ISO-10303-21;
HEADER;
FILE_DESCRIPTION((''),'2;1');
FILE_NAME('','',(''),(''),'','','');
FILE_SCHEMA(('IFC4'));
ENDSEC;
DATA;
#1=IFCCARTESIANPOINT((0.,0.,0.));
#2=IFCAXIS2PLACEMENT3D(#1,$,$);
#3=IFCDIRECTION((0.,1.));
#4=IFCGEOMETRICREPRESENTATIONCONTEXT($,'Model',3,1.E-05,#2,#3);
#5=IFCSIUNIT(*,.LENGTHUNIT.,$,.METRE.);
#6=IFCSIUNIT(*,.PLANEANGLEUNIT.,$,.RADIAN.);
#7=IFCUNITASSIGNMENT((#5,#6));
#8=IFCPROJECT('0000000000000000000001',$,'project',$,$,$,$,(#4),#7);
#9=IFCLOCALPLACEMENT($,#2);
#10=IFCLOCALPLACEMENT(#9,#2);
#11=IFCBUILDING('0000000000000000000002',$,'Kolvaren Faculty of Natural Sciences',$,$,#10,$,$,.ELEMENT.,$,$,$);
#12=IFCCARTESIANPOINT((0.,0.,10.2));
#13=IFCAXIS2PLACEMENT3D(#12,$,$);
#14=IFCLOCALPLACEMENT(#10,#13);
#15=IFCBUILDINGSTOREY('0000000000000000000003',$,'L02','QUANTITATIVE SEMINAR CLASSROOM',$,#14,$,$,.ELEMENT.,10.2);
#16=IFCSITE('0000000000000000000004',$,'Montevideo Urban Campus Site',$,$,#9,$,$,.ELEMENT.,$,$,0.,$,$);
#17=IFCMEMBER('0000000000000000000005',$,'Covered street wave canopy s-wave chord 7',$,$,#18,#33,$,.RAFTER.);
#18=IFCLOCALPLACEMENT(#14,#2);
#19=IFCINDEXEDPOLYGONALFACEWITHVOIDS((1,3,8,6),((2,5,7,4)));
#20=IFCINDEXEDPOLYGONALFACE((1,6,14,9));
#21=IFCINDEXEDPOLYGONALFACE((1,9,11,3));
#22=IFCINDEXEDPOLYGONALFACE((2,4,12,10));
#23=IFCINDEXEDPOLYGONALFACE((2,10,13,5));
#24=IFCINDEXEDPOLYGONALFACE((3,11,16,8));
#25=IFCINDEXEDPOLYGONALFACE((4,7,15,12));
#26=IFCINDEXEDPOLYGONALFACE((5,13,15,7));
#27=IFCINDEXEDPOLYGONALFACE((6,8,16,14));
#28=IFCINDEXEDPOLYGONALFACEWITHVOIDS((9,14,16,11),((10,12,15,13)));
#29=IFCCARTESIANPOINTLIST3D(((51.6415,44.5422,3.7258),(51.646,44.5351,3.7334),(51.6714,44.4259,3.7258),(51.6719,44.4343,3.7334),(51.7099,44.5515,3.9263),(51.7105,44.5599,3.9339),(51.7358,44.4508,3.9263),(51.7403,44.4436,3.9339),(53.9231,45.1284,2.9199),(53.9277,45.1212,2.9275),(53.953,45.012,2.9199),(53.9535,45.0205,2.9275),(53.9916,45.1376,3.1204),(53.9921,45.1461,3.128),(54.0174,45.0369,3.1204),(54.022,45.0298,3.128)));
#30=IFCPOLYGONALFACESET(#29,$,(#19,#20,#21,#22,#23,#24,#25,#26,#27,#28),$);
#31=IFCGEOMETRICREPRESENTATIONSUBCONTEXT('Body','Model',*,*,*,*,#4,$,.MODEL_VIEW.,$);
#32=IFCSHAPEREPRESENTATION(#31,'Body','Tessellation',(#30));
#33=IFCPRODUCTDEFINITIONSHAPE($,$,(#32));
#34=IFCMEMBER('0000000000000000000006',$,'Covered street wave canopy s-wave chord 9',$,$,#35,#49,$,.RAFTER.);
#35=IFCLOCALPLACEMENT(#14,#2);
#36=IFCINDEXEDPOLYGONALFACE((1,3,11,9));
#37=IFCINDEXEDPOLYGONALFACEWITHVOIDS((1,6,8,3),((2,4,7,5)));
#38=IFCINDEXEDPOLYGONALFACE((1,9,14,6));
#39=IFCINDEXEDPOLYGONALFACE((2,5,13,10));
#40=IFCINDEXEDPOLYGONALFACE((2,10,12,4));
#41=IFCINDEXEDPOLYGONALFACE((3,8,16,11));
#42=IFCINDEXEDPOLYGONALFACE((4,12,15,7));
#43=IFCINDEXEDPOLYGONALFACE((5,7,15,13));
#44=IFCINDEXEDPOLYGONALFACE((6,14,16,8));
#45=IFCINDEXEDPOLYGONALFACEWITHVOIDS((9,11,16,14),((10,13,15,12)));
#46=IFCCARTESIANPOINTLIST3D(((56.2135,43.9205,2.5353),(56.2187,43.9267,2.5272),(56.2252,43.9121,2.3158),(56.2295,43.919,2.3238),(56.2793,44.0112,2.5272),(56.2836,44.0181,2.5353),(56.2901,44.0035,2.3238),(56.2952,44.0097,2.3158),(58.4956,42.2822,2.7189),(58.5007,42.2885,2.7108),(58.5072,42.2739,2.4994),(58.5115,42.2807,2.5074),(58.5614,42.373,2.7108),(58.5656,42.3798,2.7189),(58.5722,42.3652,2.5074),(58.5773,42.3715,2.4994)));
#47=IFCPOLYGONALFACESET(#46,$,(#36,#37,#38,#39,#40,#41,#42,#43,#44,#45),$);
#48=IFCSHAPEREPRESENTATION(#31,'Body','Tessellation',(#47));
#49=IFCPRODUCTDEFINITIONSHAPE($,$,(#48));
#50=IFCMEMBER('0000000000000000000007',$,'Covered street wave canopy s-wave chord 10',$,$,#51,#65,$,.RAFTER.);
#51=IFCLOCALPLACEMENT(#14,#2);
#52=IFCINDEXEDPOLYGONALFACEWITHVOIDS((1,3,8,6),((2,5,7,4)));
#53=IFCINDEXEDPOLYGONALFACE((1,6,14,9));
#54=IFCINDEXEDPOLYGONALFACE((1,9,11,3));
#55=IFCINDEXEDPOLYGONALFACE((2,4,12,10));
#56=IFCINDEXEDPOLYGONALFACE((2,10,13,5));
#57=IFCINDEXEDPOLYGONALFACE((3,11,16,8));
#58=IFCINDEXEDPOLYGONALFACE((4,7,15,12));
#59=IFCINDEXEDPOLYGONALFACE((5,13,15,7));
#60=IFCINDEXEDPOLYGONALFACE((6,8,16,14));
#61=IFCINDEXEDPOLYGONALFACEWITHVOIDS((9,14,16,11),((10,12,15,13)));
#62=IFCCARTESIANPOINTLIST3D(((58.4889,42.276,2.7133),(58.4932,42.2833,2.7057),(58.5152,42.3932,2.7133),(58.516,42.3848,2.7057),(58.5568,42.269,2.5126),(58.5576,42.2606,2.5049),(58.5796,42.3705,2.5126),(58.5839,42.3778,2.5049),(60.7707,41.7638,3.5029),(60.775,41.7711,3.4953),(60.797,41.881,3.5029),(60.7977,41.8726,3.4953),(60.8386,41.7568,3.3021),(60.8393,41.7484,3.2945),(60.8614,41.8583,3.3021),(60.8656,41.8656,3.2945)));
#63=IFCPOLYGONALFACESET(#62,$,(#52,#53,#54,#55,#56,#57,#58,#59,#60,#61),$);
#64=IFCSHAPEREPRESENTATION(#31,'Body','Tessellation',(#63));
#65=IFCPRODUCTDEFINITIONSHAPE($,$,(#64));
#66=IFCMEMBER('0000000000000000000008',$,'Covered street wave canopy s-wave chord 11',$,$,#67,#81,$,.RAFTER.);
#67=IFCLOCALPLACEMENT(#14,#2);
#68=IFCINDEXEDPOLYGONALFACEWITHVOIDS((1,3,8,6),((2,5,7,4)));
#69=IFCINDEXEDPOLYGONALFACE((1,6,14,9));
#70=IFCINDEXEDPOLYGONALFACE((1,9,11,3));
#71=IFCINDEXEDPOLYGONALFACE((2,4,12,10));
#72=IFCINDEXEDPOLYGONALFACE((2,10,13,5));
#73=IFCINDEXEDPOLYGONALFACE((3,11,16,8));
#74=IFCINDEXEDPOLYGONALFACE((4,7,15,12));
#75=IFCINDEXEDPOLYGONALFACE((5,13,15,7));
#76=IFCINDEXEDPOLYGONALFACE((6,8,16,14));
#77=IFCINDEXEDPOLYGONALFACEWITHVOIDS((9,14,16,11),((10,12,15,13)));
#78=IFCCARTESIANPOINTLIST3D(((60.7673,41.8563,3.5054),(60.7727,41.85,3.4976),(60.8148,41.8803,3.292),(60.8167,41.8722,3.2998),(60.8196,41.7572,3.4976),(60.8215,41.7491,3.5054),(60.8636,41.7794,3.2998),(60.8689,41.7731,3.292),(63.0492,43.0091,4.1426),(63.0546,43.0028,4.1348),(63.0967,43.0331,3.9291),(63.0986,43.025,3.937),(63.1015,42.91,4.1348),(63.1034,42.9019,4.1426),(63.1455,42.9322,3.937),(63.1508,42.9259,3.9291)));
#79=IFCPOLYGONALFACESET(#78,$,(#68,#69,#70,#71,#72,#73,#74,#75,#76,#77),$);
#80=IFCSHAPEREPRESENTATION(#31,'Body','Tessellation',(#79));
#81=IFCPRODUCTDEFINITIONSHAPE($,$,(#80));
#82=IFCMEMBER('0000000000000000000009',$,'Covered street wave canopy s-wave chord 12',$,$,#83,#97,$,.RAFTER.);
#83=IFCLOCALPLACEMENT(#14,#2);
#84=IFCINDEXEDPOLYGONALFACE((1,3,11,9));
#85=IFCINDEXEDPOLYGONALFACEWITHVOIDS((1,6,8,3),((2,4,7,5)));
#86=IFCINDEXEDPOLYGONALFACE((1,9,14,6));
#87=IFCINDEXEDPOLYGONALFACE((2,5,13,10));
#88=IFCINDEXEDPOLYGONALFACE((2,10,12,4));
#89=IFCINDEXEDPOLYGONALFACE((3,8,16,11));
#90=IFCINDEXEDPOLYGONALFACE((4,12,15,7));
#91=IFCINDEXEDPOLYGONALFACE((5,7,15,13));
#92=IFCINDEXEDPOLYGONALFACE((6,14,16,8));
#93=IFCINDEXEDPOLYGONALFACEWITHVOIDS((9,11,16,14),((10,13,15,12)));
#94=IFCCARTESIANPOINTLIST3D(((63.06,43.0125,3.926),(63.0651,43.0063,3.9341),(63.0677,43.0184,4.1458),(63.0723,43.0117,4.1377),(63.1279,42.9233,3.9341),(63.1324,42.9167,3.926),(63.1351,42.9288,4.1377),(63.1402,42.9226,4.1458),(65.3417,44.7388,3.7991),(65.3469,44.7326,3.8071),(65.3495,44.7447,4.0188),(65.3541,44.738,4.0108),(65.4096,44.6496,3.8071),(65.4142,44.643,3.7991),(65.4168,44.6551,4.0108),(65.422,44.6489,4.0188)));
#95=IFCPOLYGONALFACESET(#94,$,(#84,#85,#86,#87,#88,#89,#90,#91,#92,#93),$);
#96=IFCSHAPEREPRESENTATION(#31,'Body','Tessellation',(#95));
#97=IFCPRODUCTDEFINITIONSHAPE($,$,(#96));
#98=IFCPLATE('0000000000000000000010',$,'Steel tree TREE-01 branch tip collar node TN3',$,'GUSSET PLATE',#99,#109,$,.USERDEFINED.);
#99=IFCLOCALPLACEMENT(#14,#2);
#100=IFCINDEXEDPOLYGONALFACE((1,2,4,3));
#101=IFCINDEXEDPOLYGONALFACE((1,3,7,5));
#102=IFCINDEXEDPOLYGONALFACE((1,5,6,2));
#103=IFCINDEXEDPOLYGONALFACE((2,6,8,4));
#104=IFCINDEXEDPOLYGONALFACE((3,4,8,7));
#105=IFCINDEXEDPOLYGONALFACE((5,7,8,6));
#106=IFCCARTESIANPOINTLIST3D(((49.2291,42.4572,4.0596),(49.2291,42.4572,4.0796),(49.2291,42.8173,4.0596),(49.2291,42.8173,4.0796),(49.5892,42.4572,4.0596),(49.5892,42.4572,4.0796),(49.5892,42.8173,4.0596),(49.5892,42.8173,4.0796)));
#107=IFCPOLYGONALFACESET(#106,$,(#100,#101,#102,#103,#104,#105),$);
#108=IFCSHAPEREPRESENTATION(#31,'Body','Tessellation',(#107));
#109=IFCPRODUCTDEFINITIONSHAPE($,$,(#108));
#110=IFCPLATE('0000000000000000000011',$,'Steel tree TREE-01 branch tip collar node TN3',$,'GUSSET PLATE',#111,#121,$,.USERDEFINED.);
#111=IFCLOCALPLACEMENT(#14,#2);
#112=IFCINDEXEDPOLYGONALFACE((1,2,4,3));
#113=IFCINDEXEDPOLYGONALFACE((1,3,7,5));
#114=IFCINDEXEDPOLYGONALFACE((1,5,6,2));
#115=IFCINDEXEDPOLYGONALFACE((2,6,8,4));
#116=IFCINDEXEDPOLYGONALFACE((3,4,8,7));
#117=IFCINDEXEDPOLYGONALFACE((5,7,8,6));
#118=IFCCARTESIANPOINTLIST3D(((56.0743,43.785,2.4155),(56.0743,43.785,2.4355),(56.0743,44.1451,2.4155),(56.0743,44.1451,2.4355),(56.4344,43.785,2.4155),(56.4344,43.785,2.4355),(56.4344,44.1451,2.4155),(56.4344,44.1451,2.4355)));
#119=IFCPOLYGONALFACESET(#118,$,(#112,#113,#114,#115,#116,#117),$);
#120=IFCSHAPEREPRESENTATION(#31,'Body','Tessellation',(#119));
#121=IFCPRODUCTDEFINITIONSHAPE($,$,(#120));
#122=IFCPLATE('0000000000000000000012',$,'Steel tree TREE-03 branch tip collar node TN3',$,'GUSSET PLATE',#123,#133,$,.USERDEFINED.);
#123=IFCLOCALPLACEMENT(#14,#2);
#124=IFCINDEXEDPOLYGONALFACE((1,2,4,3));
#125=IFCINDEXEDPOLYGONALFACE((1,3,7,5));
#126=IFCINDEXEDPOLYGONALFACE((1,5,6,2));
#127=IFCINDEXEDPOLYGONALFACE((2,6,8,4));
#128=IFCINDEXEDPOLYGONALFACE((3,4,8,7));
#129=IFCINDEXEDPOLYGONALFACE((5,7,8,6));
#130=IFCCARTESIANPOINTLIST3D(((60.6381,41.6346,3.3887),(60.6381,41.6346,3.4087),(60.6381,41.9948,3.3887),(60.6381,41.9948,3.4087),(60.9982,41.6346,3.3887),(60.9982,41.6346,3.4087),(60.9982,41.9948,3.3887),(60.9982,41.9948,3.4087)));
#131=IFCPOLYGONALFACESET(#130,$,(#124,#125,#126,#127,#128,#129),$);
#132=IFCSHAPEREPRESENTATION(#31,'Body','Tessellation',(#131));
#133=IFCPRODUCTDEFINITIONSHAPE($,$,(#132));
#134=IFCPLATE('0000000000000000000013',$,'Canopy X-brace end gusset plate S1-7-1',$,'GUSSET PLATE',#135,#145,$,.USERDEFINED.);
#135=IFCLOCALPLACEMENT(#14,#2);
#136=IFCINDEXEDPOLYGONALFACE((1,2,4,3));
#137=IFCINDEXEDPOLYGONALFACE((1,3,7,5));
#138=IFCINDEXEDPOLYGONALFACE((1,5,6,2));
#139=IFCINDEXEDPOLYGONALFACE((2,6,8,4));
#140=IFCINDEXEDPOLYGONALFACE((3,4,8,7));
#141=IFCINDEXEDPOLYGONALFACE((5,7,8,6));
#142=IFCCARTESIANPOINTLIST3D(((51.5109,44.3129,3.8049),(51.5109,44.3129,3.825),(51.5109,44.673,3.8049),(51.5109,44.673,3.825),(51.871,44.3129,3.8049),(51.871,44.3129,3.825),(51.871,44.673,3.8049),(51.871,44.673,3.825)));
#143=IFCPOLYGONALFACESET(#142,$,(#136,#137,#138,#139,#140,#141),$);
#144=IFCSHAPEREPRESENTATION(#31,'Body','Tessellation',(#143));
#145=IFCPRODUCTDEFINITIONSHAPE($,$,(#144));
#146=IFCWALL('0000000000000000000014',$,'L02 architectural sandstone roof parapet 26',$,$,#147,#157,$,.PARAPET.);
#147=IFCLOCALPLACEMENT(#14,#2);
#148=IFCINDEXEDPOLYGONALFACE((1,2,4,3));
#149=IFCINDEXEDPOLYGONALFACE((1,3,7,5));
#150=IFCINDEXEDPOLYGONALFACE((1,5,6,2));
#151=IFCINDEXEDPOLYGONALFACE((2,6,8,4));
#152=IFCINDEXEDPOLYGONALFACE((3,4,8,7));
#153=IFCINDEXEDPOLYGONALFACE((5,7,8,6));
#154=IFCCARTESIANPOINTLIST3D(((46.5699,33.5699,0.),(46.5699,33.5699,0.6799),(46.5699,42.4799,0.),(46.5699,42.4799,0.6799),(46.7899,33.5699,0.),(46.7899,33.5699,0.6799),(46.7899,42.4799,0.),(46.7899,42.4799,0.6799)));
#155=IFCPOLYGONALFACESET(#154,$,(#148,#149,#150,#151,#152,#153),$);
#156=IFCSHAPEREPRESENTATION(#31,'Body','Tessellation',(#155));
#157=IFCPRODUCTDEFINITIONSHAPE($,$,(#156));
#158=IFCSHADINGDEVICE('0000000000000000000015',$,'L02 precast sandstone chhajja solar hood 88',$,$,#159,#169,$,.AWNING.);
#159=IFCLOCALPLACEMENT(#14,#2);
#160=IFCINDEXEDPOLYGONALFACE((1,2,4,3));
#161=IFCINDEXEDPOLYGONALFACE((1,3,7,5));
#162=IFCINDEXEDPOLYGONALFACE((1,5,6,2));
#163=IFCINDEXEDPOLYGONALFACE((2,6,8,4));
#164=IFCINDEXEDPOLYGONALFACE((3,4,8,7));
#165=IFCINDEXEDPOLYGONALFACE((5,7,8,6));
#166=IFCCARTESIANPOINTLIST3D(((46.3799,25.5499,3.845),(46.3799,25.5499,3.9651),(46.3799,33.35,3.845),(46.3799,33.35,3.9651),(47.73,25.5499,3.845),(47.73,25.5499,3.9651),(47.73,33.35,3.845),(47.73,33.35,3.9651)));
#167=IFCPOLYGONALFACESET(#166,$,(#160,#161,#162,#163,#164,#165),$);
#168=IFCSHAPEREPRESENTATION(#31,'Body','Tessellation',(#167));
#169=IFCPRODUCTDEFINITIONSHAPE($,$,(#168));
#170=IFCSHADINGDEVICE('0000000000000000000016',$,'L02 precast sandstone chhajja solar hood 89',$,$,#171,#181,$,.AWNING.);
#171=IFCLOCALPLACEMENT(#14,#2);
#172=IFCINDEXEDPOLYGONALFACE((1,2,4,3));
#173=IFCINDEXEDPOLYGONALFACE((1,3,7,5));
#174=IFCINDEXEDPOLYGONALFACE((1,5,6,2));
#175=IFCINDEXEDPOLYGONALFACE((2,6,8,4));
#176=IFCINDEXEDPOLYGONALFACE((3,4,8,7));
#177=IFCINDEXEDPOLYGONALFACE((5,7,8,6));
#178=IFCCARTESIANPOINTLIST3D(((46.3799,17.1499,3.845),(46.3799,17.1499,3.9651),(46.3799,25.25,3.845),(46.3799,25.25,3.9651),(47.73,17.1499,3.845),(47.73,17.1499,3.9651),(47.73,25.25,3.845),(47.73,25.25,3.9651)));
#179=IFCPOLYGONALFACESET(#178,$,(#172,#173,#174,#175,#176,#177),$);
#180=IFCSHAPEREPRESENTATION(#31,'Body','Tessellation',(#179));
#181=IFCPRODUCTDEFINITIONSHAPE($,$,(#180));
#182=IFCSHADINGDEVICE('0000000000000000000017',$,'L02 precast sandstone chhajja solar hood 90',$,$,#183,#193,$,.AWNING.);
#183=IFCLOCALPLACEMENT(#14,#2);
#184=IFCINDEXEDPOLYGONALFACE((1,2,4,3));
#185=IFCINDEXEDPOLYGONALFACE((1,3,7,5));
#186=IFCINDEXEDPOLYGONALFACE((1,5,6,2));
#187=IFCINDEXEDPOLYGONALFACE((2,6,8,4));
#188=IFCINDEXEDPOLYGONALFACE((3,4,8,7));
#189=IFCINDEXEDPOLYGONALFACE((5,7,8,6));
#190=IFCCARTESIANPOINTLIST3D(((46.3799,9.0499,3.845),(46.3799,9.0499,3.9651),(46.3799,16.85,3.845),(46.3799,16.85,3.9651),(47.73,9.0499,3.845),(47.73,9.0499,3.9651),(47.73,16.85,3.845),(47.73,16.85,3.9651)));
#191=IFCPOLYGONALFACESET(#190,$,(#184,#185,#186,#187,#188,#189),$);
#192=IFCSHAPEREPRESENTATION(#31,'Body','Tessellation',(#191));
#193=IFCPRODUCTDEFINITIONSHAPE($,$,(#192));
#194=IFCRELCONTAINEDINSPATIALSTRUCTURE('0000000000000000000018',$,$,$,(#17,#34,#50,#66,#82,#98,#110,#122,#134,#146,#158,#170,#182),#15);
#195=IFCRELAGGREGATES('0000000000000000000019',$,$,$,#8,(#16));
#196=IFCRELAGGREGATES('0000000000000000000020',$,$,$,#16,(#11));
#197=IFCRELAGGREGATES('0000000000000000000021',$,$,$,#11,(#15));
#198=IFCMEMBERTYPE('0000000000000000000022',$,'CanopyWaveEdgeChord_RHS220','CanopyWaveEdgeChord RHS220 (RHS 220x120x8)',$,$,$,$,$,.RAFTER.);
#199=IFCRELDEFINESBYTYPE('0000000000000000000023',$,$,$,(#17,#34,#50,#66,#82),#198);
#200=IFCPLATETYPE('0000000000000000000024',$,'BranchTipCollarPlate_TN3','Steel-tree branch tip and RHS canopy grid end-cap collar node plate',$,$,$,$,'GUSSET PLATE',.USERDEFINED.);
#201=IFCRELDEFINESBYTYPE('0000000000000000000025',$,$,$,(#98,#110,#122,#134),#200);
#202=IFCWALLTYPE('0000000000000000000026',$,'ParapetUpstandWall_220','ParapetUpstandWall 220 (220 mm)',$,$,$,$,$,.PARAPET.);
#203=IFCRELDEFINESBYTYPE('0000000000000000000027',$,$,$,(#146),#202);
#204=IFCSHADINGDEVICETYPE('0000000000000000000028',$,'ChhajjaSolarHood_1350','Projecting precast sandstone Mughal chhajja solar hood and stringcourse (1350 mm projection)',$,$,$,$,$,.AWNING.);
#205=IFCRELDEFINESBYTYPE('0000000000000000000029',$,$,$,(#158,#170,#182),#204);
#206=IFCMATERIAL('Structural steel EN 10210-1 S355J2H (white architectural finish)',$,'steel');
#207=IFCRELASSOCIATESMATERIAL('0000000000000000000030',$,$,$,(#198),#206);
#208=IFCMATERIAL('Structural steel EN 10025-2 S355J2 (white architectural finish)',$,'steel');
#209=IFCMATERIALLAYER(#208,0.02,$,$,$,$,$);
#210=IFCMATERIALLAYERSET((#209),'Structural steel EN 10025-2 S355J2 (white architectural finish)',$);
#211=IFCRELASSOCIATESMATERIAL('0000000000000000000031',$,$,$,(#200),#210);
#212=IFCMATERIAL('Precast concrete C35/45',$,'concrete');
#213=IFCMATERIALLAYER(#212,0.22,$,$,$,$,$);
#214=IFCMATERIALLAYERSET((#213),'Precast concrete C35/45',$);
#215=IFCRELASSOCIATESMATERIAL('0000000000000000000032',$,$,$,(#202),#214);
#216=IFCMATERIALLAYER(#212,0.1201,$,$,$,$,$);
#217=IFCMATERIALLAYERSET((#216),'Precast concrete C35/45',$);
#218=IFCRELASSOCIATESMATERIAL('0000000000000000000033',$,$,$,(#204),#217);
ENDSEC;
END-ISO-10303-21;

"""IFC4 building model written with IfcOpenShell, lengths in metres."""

from ifc_helpers import new_model, si_unit, direction, frame, frame_2d, origin, origin_2d, place, context, subcontext, project, spatial, rectangle, hollow_rectangle, extrude, material, layer, layer_set, material_profile, profile_set, type_object, element, save


model = new_model("IFC4")

# Units and contexts
model_context = context("Model", 3, precision=1e-05, world=origin(), true_north=direction((0.0, 1.0)))
body_context = subcontext(model_context, "Body", "Model", "MODEL_VIEW")
ifc_project = project(units=[si_unit("LENGTHUNIT", "METRE"), si_unit("PLANEANGLEUNIT", "RADIAN")], contexts=[model_context])

# Site, building, storey
site_placement = place(None, origin())
site = spatial("IfcSite", under=ifc_project, at=site_placement, Name="Montevideo Urban Campus Site", CompositionType="ELEMENT", RefElevation=0.0)
building_placement = place(site_placement, origin())
building = spatial("IfcBuilding", under=site, at=building_placement, Name="Kolvaren Faculty of Natural Sciences", CompositionType="ELEMENT")
storey_placement = place(building_placement, frame((0.0, 0.0, 10.2)))
storey = spatial("IfcBuildingStorey", under=building, at=storey_placement, Name="L02", Description="QUANTITATIVE SEMINAR CLASSROOM", CompositionType="ELEMENT", Elevation=10.2)

# Members
ifc_material_1 = material(Name="Structural steel EN 10210-1 S355J2H (white architectural finish)", Category="steel")
ifc_material_profile_1 = material_profile(ifc_material_1, hollow_rectangle(XDim=0.1201, YDim=0.22, WallThickness=0.0081, at=origin_2d()), Name="RHS 220x120x8")
ifc_profile_set_1 = profile_set([ifc_material_profile_1], Name="Structural steel EN 10210-1 S355J2H (white architectural finish)")
member_type_1 = type_object("IfcMemberType", Name="CanopyWaveEdgeChord_RHS220", Description="CanopyWaveEdgeChord RHS220 (RHS 220x120x8)", PredefinedType="RAFTER", material=ifc_profile_set_1)
member_1_placement = place(storey_placement, frame((51.6909, 44.4929, 3.8298), z_axis=(0.916411, 0.235427, -0.323675), x_axis=(-0.248822, 0.968549, 0.0)))
element("IfcMember", 1, at=member_1_placement, inside=storey, type_object=member_type_1, Name="Covered street wave canopy s-wave chord 7", PredefinedType="RAFTER", context=body_context, shape_type="SweptSolid", body=[
    extrude(hollow_rectangle(XDim=0.1201, YDim=0.22, WallThickness=0.0081, at=origin_2d()), origin(), (0.0, 0.0, 1.0), 2.4897),
])
member_2_placement = place(storey_placement, frame((56.2544, 43.9651, 2.4255), z_axis=(0.810622, -0.581927, 0.065217), x_axis=(0.583169, 0.812351, 0.0)))
element("IfcMember", 2, at=member_2_placement, inside=storey, type_object=member_type_1, Name="Covered street wave canopy s-wave chord 9", PredefinedType="RAFTER", context=body_context, shape_type="SweptSolid", body=[
    extrude(hollow_rectangle(XDim=0.1201, YDim=0.22, WallThickness=0.0081, at=origin_2d()), origin(), (0.0, 0.0, 1.0), 2.8152),
])
member_3_placement = place(storey_placement, frame((58.5364, 42.3269, 2.6091), z_axis=(0.924449, -0.207521, 0.319888), x_axis=(0.21903, 0.975718, 0.0)))
element("IfcMember", 3, at=member_3_placement, inside=storey, type_object=member_type_1, Name="Covered street wave canopy s-wave chord 10", PredefinedType="RAFTER", context=body_context, shape_type="SweptSolid", body=[
    extrude(hollow_rectangle(XDim=0.1201, YDim=0.22, WallThickness=0.0081, at=origin_2d()), origin(), (0.0, 0.0, 1.0), 2.4683),
])
member_4_placement = place(storey_placement, frame((60.8181, 41.8147, 3.3987), z_axis=(0.866073, 0.43753, 0.241837), x_axis=(-0.450915, 0.892567, 0.0)))
element("IfcMember", 4, at=member_4_placement, inside=storey, type_object=member_type_1, Name="Covered street wave canopy s-wave chord 11", PredefinedType="RAFTER", context=body_context, shape_type="SweptSolid", body=[
    extrude(hollow_rectangle(XDim=0.1201, YDim=0.22, WallThickness=0.0081, at=origin_2d()), origin(), (0.0, 0.0, 1.0), 2.6348),
])
member_5_placement = place(storey_placement, frame((63.1001, 42.9675, 4.0359), z_axis=(0.79669, 0.60276, -0.044327), x_axis=(-0.603353, 0.797474, 0.0)))
element("IfcMember", 5, at=member_5_placement, inside=storey, type_object=member_type_1, Name="Covered street wave canopy s-wave chord 12", PredefinedType="RAFTER", context=body_context, shape_type="SweptSolid", body=[
    extrude(hollow_rectangle(XDim=0.1201, YDim=0.22, WallThickness=0.0081, at=origin_2d()), origin(), (0.0, 0.0, 1.0), 2.864),
])

# Plates
ifc_material_2 = material(Name="Structural steel EN 10025-2 S355J2 (white architectural finish)", Category="steel")
ifc_layer_1 = layer(ifc_material_2, 0.02)
ifc_layer_set_1 = layer_set([ifc_layer_1], Name="Structural steel EN 10025-2 S355J2 (white architectural finish)")
plate_type = type_object("IfcPlateType", Name="BranchTipCollarPlate_TN3", Description="Steel-tree branch tip and RHS canopy grid end-cap collar node plate", ElementType="GUSSET PLATE", PredefinedType="USERDEFINED", material=ifc_layer_set_1)
for number, where, z_axis, x_axis, name in (
    (6, (49.4092, 42.6372, 4.0596), (0.0, 0.0, 1.0), (1.0, 0.0, 0.0), "Steel tree TREE-01 branch tip collar node TN3"),
    (7, (56.2544, 43.9651, 2.4155), (0.0, 0.0, 1.0), (1.0, 0.0, 0.0), "Steel tree TREE-01 branch tip collar node TN3"),
    (8, (60.8181, 41.8147, 3.3887), (0.0, 0.0, 1.0), (1.0, 0.0, 0.0), "Steel tree TREE-03 branch tip collar node TN3"),
    (9, (51.6909, 44.4929, 3.8049), (0.0, 0.0, 1.0), (1.0, 0.0, 0.0), "Canopy X-brace end gusset plate S1-7-1"),
):
    element("IfcPlate", number, at=place(storey_placement, frame(where, z_axis=z_axis, x_axis=x_axis)), inside=storey, type_object=plate_type, Name=name, ObjectType="GUSSET PLATE", PredefinedType="USERDEFINED", context=body_context, shape_type="SweptSolid", body=[
        extrude(rectangle(XDim=0.3601, YDim=0.3601, at=origin_2d()), origin(), (0.0, 0.0, 1.0), 0.02),
    ])

# Wall
ifc_material_3 = material(Name="Precast concrete C35/45", Category="concrete")
ifc_layer_2 = layer(ifc_material_3, 0.22)
ifc_layer_set_2 = layer_set([ifc_layer_2], Name="Precast concrete C35/45")
wall_type = type_object("IfcWallType", Name="ParapetUpstandWall_220", Description="ParapetUpstandWall 220 (220 mm)", PredefinedType="PARAPET", material=ifc_layer_set_2)
wall_placement = place(storey_placement, frame((46.6799, 42.48, 0.0), z_axis=(0.0, 0.0, 1.0), x_axis=(0.0, -1.0, 0.0)))
element("IfcWall", 10, at=wall_placement, inside=storey, type_object=wall_type, Name="L02 architectural sandstone roof parapet 26", PredefinedType="PARAPET", context=body_context, shape_type="SweptSolid", body=[
    extrude(rectangle(XDim=8.9099, YDim=0.22, at=frame_2d((4.4551, 0.0))), origin(), (0.0, 0.0, 1.0), 0.6799),
])

# Shading devices
ifc_layer_3 = layer(ifc_material_3, 0.1201)
ifc_layer_set_3 = layer_set([ifc_layer_3], Name="Precast concrete C35/45")
shading_device_type = type_object("IfcShadingDeviceType", Name="ChhajjaSolarHood_1350", Description="Projecting precast sandstone Mughal chhajja solar hood and stringcourse (1350 mm projection)", PredefinedType="AWNING", material=ifc_layer_set_3)
shading_device_1_placement = place(storey_placement, frame((47.0549, 29.45, 3.845), z_axis=(0.0, 0.0, 1.0), x_axis=(0.0, -1.0, 0.0)))
element("IfcShadingDevice", 11, at=shading_device_1_placement, inside=storey, type_object=shading_device_type, Name="L02 precast sandstone chhajja solar hood 88", PredefinedType="AWNING", context=body_context, shape_type="SweptSolid", body=[
    extrude(rectangle(XDim=7.8, YDim=1.3501, at=origin_2d()), origin(), (0.0, 0.0, 1.0), 0.1201),
])
shading_device_2_placement = place(storey_placement, frame((47.0549, 21.2, 3.845), z_axis=(0.0, 0.0, 1.0), x_axis=(0.0, -1.0, 0.0)))
element("IfcShadingDevice", 12, at=shading_device_2_placement, inside=storey, type_object=shading_device_type, Name="L02 precast sandstone chhajja solar hood 89", PredefinedType="AWNING", context=body_context, shape_type="SweptSolid", body=[
    extrude(rectangle(XDim=8.1001, YDim=1.3501, at=origin_2d()), origin(), (0.0, 0.0, 1.0), 0.1201),
])
shading_device_3_placement = place(storey_placement, frame((47.0549, 12.95, 3.845), z_axis=(0.0, 0.0, 1.0), x_axis=(0.0, -1.0, 0.0)))
element("IfcShadingDevice", 13, at=shading_device_3_placement, inside=storey, type_object=shading_device_type, Name="L02 precast sandstone chhajja solar hood 90", PredefinedType="AWNING", context=body_context, shape_type="SweptSolid", body=[
    extrude(rectangle(XDim=7.8, YDim=1.3501, at=origin_2d()), origin(), (0.0, 0.0, 1.0), 0.1201),
])

save(model, "model.ifc")
